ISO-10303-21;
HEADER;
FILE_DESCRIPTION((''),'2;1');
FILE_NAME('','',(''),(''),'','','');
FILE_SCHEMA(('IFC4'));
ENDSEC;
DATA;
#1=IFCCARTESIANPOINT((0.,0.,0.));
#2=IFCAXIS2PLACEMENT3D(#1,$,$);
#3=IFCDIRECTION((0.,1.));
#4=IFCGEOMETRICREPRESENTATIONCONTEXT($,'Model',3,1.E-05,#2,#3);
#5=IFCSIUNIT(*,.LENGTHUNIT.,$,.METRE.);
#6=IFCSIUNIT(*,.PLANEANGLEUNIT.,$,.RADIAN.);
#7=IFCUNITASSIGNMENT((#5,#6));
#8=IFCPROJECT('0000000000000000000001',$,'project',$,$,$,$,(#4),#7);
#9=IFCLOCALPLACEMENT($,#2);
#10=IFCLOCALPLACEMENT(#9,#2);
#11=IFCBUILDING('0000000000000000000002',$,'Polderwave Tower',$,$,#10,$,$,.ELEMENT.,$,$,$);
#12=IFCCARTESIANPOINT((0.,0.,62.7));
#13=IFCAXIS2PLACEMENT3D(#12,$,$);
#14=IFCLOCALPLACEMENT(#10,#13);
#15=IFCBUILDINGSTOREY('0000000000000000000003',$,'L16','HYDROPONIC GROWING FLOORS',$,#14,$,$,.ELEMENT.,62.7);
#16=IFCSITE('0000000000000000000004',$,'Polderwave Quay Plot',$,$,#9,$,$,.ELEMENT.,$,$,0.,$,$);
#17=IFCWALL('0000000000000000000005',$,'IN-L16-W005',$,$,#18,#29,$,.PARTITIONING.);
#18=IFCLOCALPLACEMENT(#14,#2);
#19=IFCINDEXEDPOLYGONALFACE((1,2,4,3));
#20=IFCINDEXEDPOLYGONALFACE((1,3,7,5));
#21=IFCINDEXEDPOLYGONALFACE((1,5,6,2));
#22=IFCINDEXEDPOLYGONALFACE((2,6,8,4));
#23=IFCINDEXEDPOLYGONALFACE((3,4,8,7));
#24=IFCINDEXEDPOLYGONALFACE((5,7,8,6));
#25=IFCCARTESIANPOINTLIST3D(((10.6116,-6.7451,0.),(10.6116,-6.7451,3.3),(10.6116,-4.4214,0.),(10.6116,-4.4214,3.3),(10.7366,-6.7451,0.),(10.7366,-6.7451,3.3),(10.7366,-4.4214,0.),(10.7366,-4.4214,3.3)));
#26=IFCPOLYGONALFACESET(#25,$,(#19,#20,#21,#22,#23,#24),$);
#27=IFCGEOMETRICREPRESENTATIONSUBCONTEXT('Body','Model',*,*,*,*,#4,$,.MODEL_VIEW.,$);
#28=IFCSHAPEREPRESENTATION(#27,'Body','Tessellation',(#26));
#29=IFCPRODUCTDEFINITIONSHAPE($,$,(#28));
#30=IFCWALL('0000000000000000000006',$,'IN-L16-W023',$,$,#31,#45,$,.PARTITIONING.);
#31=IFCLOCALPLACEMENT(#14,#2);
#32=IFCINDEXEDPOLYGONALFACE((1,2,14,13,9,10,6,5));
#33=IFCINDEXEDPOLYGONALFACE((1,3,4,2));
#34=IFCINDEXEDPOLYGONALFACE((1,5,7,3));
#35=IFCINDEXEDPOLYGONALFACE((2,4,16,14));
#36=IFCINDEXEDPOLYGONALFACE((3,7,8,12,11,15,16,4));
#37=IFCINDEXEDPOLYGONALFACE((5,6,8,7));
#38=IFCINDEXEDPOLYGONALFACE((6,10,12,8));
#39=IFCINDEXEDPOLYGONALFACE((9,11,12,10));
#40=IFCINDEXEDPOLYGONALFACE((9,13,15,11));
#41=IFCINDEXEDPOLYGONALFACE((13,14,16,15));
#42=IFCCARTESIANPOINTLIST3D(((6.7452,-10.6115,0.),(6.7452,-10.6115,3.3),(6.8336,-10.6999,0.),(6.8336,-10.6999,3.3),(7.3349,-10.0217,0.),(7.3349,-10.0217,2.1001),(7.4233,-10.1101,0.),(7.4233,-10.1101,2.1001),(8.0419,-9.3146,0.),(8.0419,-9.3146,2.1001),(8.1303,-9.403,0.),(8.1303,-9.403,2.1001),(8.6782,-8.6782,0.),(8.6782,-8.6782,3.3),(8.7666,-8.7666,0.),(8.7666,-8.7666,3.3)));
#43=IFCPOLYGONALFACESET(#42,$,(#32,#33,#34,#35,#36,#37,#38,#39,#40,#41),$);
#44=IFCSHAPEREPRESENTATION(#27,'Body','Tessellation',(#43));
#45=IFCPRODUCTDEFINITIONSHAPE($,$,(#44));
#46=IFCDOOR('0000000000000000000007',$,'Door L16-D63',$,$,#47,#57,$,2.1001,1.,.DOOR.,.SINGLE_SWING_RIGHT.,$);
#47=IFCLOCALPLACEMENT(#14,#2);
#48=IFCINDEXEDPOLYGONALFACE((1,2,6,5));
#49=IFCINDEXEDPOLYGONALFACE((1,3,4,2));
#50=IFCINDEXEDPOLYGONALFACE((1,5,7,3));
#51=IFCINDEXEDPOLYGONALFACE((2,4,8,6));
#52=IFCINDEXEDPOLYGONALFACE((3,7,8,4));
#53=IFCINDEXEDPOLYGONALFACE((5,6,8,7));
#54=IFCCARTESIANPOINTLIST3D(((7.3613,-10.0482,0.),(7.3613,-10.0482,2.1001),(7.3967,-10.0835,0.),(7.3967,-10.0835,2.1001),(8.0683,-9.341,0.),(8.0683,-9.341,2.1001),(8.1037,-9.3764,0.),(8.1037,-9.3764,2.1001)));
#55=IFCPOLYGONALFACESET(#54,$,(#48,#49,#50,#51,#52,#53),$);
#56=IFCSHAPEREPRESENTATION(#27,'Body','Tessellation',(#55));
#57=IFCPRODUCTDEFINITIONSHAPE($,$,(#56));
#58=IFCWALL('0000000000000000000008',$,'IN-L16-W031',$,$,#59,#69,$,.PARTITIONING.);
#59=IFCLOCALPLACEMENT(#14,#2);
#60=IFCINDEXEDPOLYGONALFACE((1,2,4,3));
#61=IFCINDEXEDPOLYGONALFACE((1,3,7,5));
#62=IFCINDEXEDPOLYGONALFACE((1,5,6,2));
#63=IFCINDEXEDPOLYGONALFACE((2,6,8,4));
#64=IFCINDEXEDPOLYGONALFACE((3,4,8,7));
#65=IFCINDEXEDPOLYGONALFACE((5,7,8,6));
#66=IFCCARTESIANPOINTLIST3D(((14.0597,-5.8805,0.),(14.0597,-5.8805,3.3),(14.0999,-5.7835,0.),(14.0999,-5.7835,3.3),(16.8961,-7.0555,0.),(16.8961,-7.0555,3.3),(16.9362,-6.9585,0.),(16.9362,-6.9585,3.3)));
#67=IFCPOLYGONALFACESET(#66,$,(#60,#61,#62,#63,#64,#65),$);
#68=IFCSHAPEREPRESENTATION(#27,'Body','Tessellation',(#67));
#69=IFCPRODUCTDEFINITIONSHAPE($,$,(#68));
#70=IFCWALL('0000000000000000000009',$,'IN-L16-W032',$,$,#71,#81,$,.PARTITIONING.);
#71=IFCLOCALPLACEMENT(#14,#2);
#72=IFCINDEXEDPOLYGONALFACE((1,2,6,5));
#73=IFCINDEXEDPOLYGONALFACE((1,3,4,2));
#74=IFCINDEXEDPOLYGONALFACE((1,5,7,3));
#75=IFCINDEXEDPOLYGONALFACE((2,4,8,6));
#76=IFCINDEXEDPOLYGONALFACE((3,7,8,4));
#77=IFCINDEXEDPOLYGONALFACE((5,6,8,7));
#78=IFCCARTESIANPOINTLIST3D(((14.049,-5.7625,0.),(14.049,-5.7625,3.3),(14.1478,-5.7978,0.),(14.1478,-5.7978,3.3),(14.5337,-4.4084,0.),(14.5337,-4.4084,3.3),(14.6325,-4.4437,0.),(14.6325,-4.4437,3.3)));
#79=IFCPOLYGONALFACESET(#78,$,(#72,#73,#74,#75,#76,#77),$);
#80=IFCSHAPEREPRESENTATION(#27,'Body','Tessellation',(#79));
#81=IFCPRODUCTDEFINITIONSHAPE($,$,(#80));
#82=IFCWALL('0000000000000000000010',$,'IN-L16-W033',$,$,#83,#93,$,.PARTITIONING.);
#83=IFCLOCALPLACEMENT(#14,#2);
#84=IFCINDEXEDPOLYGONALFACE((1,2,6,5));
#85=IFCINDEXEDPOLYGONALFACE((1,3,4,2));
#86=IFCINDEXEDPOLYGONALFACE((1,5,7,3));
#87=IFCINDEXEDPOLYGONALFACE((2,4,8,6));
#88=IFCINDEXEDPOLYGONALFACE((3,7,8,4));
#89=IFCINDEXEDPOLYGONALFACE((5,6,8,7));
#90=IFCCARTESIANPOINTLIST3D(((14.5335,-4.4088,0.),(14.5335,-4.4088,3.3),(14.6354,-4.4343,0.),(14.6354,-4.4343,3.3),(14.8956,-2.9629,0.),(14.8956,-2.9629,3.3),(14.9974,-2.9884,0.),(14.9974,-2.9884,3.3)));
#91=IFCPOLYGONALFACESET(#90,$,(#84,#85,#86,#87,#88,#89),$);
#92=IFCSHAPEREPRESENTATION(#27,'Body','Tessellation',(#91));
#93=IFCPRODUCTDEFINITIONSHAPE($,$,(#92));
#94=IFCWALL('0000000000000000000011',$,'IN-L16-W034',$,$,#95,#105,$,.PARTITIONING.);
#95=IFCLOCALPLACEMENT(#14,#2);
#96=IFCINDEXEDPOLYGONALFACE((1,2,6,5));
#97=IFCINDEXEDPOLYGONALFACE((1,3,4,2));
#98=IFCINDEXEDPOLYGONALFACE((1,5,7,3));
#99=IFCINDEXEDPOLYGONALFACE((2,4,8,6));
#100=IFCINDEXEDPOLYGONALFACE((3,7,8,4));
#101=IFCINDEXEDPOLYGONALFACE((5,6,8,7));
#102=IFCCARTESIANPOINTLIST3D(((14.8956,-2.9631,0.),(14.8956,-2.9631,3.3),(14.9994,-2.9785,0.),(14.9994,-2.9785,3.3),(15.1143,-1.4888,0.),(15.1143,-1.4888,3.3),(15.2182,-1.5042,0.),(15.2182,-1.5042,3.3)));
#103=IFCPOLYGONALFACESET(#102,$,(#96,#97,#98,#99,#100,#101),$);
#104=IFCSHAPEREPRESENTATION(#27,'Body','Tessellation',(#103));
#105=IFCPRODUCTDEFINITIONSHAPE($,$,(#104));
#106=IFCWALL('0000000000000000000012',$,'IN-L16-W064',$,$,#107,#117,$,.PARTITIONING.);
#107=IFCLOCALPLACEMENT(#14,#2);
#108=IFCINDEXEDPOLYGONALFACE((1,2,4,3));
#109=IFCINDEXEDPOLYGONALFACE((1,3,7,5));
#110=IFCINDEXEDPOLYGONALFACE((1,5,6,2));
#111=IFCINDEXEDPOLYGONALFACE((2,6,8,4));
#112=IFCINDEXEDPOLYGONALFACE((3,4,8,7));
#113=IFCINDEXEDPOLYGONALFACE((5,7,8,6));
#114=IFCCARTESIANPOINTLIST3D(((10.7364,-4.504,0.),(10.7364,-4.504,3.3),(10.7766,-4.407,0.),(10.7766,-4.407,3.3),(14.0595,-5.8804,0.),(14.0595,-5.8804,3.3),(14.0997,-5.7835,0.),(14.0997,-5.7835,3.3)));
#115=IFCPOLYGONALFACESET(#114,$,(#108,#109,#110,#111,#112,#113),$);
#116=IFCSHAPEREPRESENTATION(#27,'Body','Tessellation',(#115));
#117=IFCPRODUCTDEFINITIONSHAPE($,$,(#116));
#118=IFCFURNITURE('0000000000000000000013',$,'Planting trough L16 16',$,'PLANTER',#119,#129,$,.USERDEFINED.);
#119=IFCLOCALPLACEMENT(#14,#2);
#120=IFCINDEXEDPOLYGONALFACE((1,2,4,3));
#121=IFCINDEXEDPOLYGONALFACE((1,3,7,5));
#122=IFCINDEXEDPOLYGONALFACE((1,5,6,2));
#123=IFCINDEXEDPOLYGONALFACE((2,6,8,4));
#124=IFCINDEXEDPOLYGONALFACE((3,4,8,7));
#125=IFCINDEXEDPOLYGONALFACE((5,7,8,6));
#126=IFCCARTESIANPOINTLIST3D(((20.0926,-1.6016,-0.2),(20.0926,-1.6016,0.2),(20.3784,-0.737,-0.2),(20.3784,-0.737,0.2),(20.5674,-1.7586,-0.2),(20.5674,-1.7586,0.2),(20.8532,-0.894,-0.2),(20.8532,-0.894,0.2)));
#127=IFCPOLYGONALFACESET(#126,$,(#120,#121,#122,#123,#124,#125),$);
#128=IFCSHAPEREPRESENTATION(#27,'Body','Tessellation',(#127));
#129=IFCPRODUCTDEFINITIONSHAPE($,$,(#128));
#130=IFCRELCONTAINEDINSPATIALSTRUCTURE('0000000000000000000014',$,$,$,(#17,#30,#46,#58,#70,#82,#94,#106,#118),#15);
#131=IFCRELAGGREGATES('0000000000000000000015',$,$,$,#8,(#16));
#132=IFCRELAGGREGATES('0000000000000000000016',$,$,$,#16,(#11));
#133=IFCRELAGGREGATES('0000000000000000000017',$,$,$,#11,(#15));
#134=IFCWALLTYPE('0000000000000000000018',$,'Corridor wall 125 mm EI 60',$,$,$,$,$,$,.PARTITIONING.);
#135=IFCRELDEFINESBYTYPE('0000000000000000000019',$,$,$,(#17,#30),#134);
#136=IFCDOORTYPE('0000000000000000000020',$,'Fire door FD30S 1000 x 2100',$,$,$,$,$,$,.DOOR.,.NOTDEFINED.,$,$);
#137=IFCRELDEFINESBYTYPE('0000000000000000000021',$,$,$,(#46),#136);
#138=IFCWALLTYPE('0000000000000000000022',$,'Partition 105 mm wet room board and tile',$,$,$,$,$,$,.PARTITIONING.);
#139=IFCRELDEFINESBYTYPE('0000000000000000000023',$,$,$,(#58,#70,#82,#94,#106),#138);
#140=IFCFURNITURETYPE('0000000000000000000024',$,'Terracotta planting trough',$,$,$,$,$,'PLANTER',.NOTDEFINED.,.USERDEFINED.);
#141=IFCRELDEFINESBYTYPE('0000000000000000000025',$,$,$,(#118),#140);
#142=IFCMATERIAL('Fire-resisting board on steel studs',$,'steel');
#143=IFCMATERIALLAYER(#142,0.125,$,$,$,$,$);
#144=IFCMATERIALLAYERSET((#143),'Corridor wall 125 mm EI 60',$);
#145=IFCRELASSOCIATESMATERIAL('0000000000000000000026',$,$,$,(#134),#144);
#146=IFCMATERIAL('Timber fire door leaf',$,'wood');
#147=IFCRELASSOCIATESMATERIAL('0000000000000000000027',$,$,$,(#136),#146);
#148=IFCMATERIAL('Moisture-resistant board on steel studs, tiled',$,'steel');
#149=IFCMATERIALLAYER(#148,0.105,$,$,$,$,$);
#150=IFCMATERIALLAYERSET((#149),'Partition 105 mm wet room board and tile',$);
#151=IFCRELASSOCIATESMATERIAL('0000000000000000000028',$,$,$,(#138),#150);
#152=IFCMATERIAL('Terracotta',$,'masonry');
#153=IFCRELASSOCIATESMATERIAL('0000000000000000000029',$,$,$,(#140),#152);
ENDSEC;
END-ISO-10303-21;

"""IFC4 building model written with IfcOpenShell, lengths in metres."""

from ifc_helpers import new_model, si_unit, direction, frame, frame_2d, origin, origin_2d, place, context, subcontext, project, spatial, rectangle, extrude, material, layer, layer_set, type_object, element, fill, save


model = new_model("IFC4")

# Units and contexts
model_context = context("Model", 3, precision=1e-05, world=origin(), true_north=direction((0.0, 1.0)))
body_context = subcontext(model_context, "Body", "Model", "MODEL_VIEW")
ifc_project = project(units=[si_unit("LENGTHUNIT", "METRE"), si_unit("PLANEANGLEUNIT", "RADIAN")], contexts=[model_context])

# Site, building, storey
site_placement = place(None, origin())
site = spatial("IfcSite", under=ifc_project, at=site_placement, Name="Polderwave Quay Plot", CompositionType="ELEMENT", RefElevation=0.0)
building_placement = place(site_placement, origin())
building = spatial("IfcBuilding", under=site, at=building_placement, Name="Polderwave Tower", CompositionType="ELEMENT")
storey_placement = place(building_placement, frame((0.0, 0.0, 62.7)))
storey = spatial("IfcBuildingStorey", under=building, at=storey_placement, Name="L16", Description="HYDROPONIC GROWING FLOORS", CompositionType="ELEMENT", Elevation=62.7)

# Shared definitions
ifc_material_1 = material(Name="Fire-resisting board on steel studs", Category="steel")
ifc_layer_1 = layer(ifc_material_1, 0.125)
ifc_layer_set_1 = layer_set([ifc_layer_1], Name="Corridor wall 125 mm EI 60")
wall_type_1 = type_object("IfcWallType", Name="Corridor wall 125 mm EI 60", PredefinedType="PARTITIONING", material=ifc_layer_set_1)
ifc_material_2 = material(Name="Timber fire door leaf", Category="wood")
door_type = type_object("IfcDoorType", Name="Fire door FD30S 1000 x 2100", OperationType="NOTDEFINED", PredefinedType="DOOR", material=ifc_material_2)

# Wall
wall_1_placement = place(storey_placement, frame((10.6741, -4.4214, 0.0), z_axis=(0.0, 0.0, 1.0), x_axis=(0.0, -1.0, 0.0)))
element("IfcWall", 1, at=wall_1_placement, inside=storey, type_object=wall_type_1, Name="IN-L16-W005", PredefinedType="PARTITIONING", context=body_context, shape_type="SweptSolid", body=[
    extrude(rectangle(XDim=2.3237, YDim=0.125, at=frame_2d((1.1619, 0.0))), origin(), (0.0, 0.0, 1.0), 3.3),
])

# Wall, opening, door
wall_2_placement = place(storey_placement, frame((8.7224, -8.7224, 0.0), z_axis=(0.0, 0.0, 1.0), x_axis=(-0.707062, -0.707151, 0.0)))
wall_2 = element("IfcWall", 2, at=wall_2_placement, inside=storey, type_object=wall_type_1, Name="IN-L16-W023", PredefinedType="PARTITIONING", context=body_context, shape_type="SweptSolid", body=[
    extrude(rectangle(XDim=2.7339, YDim=0.125, at=frame_2d((1.3669, 0.0))), origin(), (0.0, 0.0, 1.0), 3.3),
])
opening_1_placement = place(wall_2_placement, frame((0.8999, 0.0, 0.0)))
opening_1 = element("IfcOpeningElement", 3, at=opening_1_placement, cuts=wall_2, PredefinedType="OPENING", context=body_context, shape_type="SweptSolid", body=[
    extrude(rectangle(XDim=1.0, YDim=2.1001, at=frame_2d((0.5, 1.05))), frame((0.0, 0.0725, 0.0), z_axis=(0.0, -1.0, 0.0), x_axis=(1.0, 0.0, 0.0)), (0.0, 0.0, 1.0), 0.145),
])
door_1_placement = place(opening_1_placement, origin())
door_1 = element("IfcDoor", 4, at=door_1_placement, inside=storey, type_object=door_type, Name="Door L16-D63", OperationType="SINGLE_SWING_RIGHT", OverallHeight=2.1001, OverallWidth=1.0, PredefinedType="DOOR", context=body_context, shape_type="SweptSolid", body=[
    extrude(rectangle(XDim=1.0, YDim=2.1001, at=frame_2d((0.5, 1.05))), frame((0.0, 0.0249, 0.0), z_axis=(0.0, -1.0, 0.0), x_axis=(1.0, 0.0, 0.0)), (0.0, 0.0, 1.0), 0.05),
])
fill(opening_1, door_1)

# Walls
ifc_material_3 = material(Name="Moisture-resistant board on steel studs, tiled", Category="steel")
ifc_layer_2 = layer(ifc_material_3, 0.105)
ifc_layer_set_2 = layer_set([ifc_layer_2], Name="Partition 105 mm wet room board and tile")
wall_type_2 = type_object("IfcWallType", Name="Partition 105 mm wet room board and tile", PredefinedType="PARTITIONING", material=ifc_layer_set_2)
wall_3_placement = place(storey_placement, frame((16.9163, -7.0071, 0.0), z_axis=(0.0, 0.0, 1.0), x_axis=(-0.923861, 0.382729, 0.0)))
element("IfcWall", 5, at=wall_3_placement, inside=storey, type_object=wall_type_2, Name="IN-L16-W031", PredefinedType="PARTITIONING", context=body_context, shape_type="SweptSolid", body=[
    extrude(rectangle(XDim=3.0701, YDim=0.105, at=frame_2d((1.5352, 0.0))), origin(), (0.0, 0.0, 1.0), 3.3),
])
wall_4_placement = place(storey_placement, frame((14.0984, -5.7803, 0.0), z_axis=(0.0, 0.0, 1.0), x_axis=(0.336982, 0.941511, 0.0)))
element("IfcWall", 6, at=wall_4_placement, inside=storey, type_object=wall_type_2, Name="IN-L16-W032", PredefinedType="PARTITIONING", context=body_context, shape_type="SweptSolid", body=[
    extrude(rectangle(XDim=1.4382, YDim=0.105, at=frame_2d((0.7192, 0.0))), origin(), (0.0, 0.0, 1.0), 3.3),
])
for number, where, z_axis, x_axis, name in (
    (7, (14.5845, -4.4214, 0.0), (0.0, 0.0, 1.0), (0.242921, 0.970046, 0.0), "IN-L16-W033"),
    (8, (14.9475, -2.9707, 0.0), (0.0, 0.0, 1.0), (0.146762, 0.989172, 0.0), "IN-L16-W034"),
):
    element("IfcWall", number, at=place(storey_placement, frame(where, z_axis=z_axis, x_axis=x_axis)), inside=storey, type_object=wall_type_2, Name=name, PredefinedType="PARTITIONING", context=body_context, shape_type="SweptSolid", body=[
        extrude(rectangle(XDim=1.4905, YDim=0.105, at=frame_2d((0.7451, 0.0))), origin(), (0.0, 0.0, 1.0), 3.3),
    ])
wall_5_placement = place(storey_placement, frame((10.7566, -4.4556, 0.0), z_axis=(0.0, 0.0, 1.0), x_axis=(0.923886, -0.382668, 0.0)))
element("IfcWall", 9, at=wall_5_placement, inside=storey, type_object=wall_type_2, Name="IN-L16-W064", PredefinedType="PARTITIONING", context=body_context, shape_type="SweptSolid", body=[
    extrude(rectangle(XDim=3.5969, YDim=0.105, at=frame_2d((1.7983, 0.0))), origin(), (0.0, 0.0, 1.0), 3.3),
])

# Furniture
ifc_material_4 = material(Name="Terracotta", Category="masonry")
furniture_type = type_object("IfcFurnitureType", Name="Terracotta planting trough", ElementType="PLANTER", AssemblyPlace="NOTDEFINED", PredefinedType="USERDEFINED", material=ifc_material_4)
furniture_placement = place(storey_placement, frame((20.4729, -1.2478, -0.2), z_axis=(0.0, 0.0, 1.0), x_axis=(0.31387, 0.949466, 0.0)))
element("IfcFurniture", 10, at=furniture_placement, inside=storey, type_object=furniture_type, Name="Planting trough L16 16", ObjectType="PLANTER", PredefinedType="USERDEFINED", context=body_context, shape_type="SweptSolid", body=[
    extrude(rectangle(XDim=0.9106, YDim=0.5, at=origin_2d()), origin(), (0.0, 0.0, 1.0), 0.3999),
])

save(model, "model.ifc")
